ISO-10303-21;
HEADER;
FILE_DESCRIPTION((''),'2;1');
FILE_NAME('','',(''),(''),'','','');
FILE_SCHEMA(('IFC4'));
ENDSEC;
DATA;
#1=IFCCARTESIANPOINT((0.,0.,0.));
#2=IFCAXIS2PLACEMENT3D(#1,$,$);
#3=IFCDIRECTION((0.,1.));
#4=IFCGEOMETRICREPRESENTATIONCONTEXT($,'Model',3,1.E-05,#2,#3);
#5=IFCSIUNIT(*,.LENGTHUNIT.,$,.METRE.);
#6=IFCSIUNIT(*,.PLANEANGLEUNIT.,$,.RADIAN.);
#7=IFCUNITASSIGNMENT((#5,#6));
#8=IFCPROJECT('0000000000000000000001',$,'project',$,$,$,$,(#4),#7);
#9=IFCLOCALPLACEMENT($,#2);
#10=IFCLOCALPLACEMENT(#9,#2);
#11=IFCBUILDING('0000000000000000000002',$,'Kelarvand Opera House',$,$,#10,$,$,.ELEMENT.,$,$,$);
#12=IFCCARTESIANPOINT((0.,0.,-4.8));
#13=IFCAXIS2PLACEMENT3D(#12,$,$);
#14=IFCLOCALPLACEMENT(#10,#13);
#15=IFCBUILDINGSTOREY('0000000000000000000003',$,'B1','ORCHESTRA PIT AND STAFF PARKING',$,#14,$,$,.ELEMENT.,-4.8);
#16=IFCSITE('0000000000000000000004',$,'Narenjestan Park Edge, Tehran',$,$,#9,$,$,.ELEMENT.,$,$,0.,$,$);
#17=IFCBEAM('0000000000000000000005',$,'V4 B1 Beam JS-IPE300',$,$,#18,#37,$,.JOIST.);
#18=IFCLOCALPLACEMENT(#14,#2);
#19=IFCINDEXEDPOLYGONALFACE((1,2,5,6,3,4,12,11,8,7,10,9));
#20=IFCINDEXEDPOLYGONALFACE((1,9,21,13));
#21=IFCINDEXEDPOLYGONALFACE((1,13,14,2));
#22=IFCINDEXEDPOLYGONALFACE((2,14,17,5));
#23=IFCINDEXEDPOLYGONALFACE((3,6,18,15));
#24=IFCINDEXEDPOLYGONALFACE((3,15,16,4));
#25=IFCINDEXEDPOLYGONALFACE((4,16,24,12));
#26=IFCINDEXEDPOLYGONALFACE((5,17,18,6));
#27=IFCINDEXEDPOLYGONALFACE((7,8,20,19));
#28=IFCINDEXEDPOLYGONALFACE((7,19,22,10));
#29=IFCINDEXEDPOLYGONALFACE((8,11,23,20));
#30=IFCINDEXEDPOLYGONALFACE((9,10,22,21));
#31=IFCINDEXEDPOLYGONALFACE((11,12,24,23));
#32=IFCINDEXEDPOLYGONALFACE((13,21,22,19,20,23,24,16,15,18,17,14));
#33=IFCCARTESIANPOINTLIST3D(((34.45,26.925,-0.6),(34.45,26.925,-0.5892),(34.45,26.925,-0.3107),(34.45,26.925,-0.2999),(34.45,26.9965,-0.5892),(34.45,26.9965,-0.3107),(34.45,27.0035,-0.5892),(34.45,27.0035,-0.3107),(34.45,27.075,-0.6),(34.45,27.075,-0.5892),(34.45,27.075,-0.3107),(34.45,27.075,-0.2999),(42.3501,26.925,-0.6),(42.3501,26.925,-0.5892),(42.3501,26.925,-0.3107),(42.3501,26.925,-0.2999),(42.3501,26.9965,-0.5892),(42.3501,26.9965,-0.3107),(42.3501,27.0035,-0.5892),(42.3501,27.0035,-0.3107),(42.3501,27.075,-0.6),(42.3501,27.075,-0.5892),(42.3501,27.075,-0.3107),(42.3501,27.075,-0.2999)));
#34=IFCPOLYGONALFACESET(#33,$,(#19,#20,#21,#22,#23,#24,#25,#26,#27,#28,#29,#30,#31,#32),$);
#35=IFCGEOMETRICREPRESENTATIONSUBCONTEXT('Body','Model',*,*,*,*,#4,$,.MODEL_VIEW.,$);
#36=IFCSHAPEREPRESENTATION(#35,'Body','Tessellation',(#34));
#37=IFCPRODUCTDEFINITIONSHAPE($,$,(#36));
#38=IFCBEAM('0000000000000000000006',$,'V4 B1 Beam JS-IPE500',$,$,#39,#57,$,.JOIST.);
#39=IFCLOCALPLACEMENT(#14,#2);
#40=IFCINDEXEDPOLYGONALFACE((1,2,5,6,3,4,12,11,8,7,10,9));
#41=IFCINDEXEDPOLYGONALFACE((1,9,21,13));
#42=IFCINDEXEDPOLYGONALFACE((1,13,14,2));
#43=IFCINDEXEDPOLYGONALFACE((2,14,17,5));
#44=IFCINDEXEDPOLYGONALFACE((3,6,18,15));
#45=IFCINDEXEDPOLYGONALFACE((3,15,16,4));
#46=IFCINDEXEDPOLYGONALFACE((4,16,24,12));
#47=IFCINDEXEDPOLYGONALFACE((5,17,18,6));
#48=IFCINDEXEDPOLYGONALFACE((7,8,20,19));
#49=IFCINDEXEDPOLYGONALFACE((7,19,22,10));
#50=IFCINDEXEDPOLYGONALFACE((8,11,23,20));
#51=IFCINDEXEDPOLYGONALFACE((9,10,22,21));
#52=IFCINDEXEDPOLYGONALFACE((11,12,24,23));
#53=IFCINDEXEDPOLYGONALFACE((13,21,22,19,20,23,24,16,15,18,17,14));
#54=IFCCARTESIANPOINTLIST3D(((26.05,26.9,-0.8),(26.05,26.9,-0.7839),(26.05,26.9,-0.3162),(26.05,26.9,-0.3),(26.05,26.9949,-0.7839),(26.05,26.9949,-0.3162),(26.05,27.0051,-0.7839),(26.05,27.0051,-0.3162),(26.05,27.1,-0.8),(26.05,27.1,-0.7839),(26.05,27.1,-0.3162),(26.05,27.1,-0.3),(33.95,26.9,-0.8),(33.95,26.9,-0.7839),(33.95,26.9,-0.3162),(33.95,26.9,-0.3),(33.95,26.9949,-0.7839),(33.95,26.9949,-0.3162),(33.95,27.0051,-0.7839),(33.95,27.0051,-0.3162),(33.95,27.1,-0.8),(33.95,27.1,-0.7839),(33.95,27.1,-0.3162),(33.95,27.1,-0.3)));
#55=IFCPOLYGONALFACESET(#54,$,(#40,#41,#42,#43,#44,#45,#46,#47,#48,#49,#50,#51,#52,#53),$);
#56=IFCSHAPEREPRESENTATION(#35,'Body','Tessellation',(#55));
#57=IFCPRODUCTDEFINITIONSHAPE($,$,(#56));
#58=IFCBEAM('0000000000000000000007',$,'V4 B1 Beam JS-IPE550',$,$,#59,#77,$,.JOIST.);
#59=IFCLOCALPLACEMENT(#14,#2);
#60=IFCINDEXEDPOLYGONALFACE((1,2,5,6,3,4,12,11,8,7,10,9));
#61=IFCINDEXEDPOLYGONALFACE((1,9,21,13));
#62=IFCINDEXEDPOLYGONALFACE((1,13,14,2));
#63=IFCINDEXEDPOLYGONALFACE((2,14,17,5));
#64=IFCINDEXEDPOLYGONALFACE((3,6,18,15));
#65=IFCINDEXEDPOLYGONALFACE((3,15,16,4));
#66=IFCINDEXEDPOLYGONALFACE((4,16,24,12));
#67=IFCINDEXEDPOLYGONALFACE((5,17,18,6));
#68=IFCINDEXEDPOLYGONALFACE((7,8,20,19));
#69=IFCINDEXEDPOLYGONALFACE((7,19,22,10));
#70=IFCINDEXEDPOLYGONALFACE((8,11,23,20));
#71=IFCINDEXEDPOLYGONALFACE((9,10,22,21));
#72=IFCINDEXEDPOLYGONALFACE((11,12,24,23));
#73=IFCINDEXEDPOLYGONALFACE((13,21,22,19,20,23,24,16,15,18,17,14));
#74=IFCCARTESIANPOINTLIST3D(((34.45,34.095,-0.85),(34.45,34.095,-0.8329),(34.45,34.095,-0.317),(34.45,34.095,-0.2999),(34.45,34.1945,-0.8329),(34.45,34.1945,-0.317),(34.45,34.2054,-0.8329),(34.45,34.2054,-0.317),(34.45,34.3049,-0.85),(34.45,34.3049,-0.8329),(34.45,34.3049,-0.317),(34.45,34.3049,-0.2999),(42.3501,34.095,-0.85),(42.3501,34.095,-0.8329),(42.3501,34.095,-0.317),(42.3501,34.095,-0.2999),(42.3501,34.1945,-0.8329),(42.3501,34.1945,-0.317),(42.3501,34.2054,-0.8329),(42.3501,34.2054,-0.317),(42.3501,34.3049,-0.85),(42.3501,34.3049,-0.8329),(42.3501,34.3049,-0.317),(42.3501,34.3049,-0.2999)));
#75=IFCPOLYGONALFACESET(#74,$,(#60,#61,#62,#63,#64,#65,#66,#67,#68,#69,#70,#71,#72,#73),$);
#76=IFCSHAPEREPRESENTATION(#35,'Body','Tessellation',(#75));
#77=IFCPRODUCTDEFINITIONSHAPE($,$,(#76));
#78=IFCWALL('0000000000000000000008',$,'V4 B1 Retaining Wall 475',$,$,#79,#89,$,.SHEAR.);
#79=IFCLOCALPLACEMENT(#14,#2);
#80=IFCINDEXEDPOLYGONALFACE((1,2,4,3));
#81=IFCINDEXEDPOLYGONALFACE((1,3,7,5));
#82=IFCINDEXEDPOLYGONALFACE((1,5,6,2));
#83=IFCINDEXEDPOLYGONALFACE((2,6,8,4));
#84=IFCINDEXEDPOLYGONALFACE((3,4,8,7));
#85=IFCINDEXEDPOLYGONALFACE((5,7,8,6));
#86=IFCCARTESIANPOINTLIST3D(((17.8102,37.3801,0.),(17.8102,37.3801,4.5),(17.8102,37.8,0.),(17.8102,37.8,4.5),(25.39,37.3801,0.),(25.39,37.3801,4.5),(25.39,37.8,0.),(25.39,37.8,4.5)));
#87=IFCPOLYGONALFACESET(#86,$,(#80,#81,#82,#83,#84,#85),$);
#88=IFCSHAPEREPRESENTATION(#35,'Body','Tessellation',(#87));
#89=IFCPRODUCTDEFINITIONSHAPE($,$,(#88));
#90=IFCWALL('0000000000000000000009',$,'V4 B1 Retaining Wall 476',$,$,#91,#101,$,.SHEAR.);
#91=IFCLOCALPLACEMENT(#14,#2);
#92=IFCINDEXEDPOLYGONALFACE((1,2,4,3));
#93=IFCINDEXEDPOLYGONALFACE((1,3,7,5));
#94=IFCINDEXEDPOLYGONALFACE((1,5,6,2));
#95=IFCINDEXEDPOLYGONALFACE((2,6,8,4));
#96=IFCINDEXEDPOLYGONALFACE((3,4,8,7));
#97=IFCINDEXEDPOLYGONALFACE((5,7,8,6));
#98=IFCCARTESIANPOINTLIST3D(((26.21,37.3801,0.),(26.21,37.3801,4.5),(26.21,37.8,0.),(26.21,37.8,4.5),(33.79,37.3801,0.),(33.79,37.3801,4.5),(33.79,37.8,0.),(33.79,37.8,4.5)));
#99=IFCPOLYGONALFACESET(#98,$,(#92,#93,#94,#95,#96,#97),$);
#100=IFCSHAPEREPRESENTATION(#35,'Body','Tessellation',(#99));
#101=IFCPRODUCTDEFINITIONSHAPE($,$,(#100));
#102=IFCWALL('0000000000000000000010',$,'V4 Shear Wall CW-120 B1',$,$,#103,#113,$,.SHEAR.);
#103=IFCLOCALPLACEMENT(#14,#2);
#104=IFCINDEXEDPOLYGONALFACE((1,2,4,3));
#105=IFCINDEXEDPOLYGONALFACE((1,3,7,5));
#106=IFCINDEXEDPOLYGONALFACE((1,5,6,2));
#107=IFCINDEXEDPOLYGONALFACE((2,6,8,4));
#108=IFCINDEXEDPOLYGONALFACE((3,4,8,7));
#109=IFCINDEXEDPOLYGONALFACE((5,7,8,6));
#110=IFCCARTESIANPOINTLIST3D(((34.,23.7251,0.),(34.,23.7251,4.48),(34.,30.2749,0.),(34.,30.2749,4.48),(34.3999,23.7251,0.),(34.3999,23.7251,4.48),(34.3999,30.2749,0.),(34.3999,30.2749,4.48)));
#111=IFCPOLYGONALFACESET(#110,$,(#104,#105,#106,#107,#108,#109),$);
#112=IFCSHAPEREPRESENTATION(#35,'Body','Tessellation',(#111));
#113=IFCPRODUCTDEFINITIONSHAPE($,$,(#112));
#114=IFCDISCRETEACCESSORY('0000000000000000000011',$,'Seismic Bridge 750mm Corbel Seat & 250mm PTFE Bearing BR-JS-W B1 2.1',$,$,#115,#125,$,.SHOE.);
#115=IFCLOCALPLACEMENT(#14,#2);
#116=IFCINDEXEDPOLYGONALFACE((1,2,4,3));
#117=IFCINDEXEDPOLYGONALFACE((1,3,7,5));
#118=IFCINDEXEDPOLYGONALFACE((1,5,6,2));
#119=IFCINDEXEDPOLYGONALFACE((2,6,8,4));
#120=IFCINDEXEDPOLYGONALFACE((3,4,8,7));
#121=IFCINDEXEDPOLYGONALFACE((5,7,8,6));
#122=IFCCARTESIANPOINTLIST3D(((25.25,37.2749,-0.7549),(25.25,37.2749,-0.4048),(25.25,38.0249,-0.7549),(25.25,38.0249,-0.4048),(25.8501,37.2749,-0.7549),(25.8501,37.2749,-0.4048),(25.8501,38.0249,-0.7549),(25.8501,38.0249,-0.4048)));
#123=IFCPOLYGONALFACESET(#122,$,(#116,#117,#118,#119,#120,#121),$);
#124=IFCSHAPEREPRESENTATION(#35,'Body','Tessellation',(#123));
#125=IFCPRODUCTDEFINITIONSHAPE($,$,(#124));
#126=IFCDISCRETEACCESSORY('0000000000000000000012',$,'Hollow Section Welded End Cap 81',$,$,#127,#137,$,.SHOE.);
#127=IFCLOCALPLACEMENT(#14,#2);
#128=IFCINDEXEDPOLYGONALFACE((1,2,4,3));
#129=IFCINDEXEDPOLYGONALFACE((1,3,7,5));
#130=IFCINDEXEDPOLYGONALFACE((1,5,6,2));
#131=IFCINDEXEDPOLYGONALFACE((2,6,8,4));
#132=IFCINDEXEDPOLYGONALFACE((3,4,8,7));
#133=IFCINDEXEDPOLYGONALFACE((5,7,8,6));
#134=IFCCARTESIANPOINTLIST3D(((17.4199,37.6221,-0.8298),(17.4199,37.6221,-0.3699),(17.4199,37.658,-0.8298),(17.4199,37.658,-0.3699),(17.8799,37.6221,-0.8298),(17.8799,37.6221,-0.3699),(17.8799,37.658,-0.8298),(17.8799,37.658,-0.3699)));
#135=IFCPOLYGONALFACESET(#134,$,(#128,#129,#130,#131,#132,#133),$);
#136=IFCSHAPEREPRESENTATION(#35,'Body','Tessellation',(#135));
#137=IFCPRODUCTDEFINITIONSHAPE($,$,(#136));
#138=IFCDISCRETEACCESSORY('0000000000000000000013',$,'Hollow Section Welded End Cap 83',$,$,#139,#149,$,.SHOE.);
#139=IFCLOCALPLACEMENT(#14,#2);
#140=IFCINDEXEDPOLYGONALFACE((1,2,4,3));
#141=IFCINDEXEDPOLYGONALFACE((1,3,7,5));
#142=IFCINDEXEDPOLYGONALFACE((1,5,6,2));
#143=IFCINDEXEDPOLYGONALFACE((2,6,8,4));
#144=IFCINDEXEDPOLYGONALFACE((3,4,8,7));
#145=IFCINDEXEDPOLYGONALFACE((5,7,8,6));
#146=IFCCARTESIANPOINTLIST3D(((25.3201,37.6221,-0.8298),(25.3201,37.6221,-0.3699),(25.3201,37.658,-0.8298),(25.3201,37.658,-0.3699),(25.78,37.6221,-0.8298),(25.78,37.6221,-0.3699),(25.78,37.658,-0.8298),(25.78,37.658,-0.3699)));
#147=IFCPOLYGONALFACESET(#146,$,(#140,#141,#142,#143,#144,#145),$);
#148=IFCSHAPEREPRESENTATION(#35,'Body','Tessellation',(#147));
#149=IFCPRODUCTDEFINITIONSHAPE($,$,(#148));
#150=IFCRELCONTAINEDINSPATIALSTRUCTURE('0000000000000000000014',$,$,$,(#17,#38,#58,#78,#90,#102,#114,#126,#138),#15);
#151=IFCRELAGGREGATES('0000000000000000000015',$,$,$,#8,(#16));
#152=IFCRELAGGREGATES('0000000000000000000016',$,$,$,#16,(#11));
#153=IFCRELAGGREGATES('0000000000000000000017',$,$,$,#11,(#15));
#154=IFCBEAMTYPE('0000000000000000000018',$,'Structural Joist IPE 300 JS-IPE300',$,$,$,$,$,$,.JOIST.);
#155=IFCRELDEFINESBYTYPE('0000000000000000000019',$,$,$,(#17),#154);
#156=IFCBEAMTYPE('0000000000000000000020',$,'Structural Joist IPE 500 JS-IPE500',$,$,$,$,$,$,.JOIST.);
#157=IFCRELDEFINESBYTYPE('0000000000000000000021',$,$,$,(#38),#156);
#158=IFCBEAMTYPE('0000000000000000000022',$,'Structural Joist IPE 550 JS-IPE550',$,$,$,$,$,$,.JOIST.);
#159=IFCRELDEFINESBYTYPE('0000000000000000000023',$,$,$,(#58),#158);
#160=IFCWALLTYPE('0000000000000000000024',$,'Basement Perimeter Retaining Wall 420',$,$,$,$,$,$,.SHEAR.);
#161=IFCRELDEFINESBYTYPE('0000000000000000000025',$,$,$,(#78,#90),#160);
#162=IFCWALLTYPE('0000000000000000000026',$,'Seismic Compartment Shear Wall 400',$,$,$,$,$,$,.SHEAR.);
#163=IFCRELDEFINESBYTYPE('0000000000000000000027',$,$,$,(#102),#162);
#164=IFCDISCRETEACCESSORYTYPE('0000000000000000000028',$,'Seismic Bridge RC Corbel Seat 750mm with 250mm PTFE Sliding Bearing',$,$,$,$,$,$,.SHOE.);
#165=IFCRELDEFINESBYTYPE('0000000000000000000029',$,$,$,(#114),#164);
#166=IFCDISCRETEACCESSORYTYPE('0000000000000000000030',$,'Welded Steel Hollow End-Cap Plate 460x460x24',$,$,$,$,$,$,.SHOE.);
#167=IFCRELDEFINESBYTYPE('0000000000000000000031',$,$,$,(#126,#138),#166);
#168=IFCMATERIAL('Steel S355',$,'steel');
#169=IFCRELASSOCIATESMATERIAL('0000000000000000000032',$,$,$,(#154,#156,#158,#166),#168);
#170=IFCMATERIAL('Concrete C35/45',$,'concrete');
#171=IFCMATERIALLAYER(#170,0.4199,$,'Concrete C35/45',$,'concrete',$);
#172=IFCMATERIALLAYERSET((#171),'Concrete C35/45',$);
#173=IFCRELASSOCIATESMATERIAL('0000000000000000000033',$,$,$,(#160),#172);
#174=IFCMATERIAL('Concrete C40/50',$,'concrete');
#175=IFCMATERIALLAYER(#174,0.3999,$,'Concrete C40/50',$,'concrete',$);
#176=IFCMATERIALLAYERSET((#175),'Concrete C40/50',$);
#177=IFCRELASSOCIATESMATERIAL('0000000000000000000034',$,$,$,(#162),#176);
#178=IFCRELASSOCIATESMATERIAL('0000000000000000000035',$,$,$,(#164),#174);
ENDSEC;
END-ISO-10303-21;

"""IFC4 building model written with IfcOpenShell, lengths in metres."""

from ifc_helpers import new_model, si_unit, direction, frame, frame_2d, origin, origin_2d, place, context, subcontext, project, spatial, rectangle, i_section, extrude, material, layer, layer_set, material_profile, profile_set, type_object, element, save


model = new_model("IFC4")

# Units and contexts
model_context = context("Model", 3, precision=1e-05, world=origin(), true_north=direction((0.0, 1.0)))
body_context = subcontext(model_context, "Body", "Model", "MODEL_VIEW")
ifc_project = project(units=[si_unit("LENGTHUNIT", "METRE"), si_unit("PLANEANGLEUNIT", "RADIAN")], contexts=[model_context])

# Site, building, storey
site_placement = place(None, origin())
site = spatial("IfcSite", under=ifc_project, at=site_placement, Name="Narenjestan Park Edge, Tehran", CompositionType="ELEMENT", RefElevation=0.0)
building_placement = place(site_placement, origin())
building = spatial("IfcBuilding", under=site, at=building_placement, Name="Kelarvand Opera House", CompositionType="ELEMENT")
storey_placement = place(building_placement, frame((0.0, 0.0, -4.8)))
storey = spatial("IfcBuildingStorey", under=building, at=storey_placement, Name="B1", Description="ORCHESTRA PIT AND STAFF PARKING", CompositionType="ELEMENT", Elevation=-4.8)

# Shared definitions
ifc_material_1 = material(Name="Concrete C40/50", Category="concrete")

# Beams
ifc_material_2 = material(Name="Steel S355", Category="steel")
ifc_material_profile_1 = material_profile(ifc_material_2, i_section(OverallWidth=0.1499, OverallDepth=0.3, WebThickness=0.0071, FlangeThickness=0.0107, at=origin_2d()), Name="IPE 300", Category="steel")
ifc_profile_set_1 = profile_set([ifc_material_profile_1], Name="Steel S355")
beam_type_1 = type_object("IfcBeamType", Name="Structural Joist IPE 300 JS-IPE300", PredefinedType="JOIST", material=ifc_profile_set_1)
beam_1_placement = place(storey_placement, frame((34.45, 27.0, -0.45), z_axis=(1.0, 0.0, 0.0), x_axis=(0.0, 1.0, 0.0)))
element("IfcBeam", 1, at=beam_1_placement, inside=storey, type_object=beam_type_1, Name="V4 B1 Beam JS-IPE300", PredefinedType="JOIST", context=body_context, shape_type="SweptSolid", body=[
    extrude(i_section(OverallWidth=0.1499, OverallDepth=0.3, WebThickness=0.0071, FlangeThickness=0.0107, at=origin_2d()), origin(), (0.0, 0.0, 1.0), 7.9001),
])
ifc_material_profile_2 = material_profile(ifc_material_2, i_section(OverallWidth=0.2, OverallDepth=0.5, WebThickness=0.0103, FlangeThickness=0.0161, at=origin_2d()), Name="IPE 500", Category="steel")
ifc_profile_set_2 = profile_set([ifc_material_profile_2], Name="Steel S355")
beam_type_2 = type_object("IfcBeamType", Name="Structural Joist IPE 500 JS-IPE500", PredefinedType="JOIST", material=ifc_profile_set_2)
beam_2_placement = place(storey_placement, frame((26.05, 27.0, -0.55), z_axis=(1.0, 0.0, 0.0), x_axis=(0.0, 1.0, 0.0)))
element("IfcBeam", 2, at=beam_2_placement, inside=storey, type_object=beam_type_2, Name="V4 B1 Beam JS-IPE500", PredefinedType="JOIST", context=body_context, shape_type="SweptSolid", body=[
    extrude(i_section(OverallWidth=0.2, OverallDepth=0.5, WebThickness=0.0103, FlangeThickness=0.0161, at=origin_2d()), origin(), (0.0, 0.0, 1.0), 7.8999),
])
ifc_material_profile_3 = material_profile(ifc_material_2, i_section(OverallWidth=0.21, OverallDepth=0.55, WebThickness=0.011, FlangeThickness=0.0171, at=origin_2d()), Name="IPE 550", Category="steel")
ifc_profile_set_3 = profile_set([ifc_material_profile_3], Name="Steel S355")
beam_type_3 = type_object("IfcBeamType", Name="Structural Joist IPE 550 JS-IPE550", PredefinedType="JOIST", material=ifc_profile_set_3)
beam_3_placement = place(storey_placement, frame((34.45, 34.2, -0.575), z_axis=(1.0, 0.0, 0.0), x_axis=(0.0, 1.0, 0.0)))
element("IfcBeam", 3, at=beam_3_placement, inside=storey, type_object=beam_type_3, Name="V4 B1 Beam JS-IPE550", PredefinedType="JOIST", context=body_context, shape_type="SweptSolid", body=[
    extrude(i_section(OverallWidth=0.21, OverallDepth=0.55, WebThickness=0.011, FlangeThickness=0.0171, at=origin_2d()), origin(), (0.0, 0.0, 1.0), 7.9001),
])

# Walls
ifc_material_3 = material(Name="Concrete C35/45", Category="concrete")
ifc_layer_1 = layer(ifc_material_3, 0.4199, Name="Concrete C35/45", Category="concrete")
ifc_layer_set_1 = layer_set([ifc_layer_1], Name="Concrete C35/45")
wall_type_1 = type_object("IfcWallType", Name="Basement Perimeter Retaining Wall 420", PredefinedType="SHEAR", material=ifc_layer_set_1)
wall_1_placement = place(storey_placement, frame((17.8101, 37.5901, 0.0), z_axis=(0.0, 0.0, 1.0), x_axis=(1.0, 0.0, 0.0)))
element("IfcWall", 4, at=wall_1_placement, inside=storey, type_object=wall_type_1, Name="V4 B1 Retaining Wall 475", PredefinedType="SHEAR", context=body_context, shape_type="SweptSolid", body=[
    extrude(rectangle(XDim=7.5798, YDim=0.4199, at=frame_2d((3.79, 0.0))), origin(), (0.0, 0.0, 1.0), 4.5),
])
wall_2_placement = place(storey_placement, frame((26.21, 37.5901, 0.0), z_axis=(0.0, 0.0, 1.0), x_axis=(1.0, 0.0, 0.0)))
element("IfcWall", 5, at=wall_2_placement, inside=storey, type_object=wall_type_1, Name="V4 B1 Retaining Wall 476", PredefinedType="SHEAR", context=body_context, shape_type="SweptSolid", body=[
    extrude(rectangle(XDim=7.5801, YDim=0.4199, at=frame_2d((3.79, 0.0))), origin(), (0.0, 0.0, 1.0), 4.5),
])
ifc_layer_2 = layer(ifc_material_1, 0.3999, Name="Concrete C40/50", Category="concrete")
ifc_layer_set_2 = layer_set([ifc_layer_2], Name="Concrete C40/50")
wall_type_2 = type_object("IfcWallType", Name="Seismic Compartment Shear Wall 400", PredefinedType="SHEAR", material=ifc_layer_set_2)
wall_3_placement = place(storey_placement, frame((34.2, 23.7251, 0.0), z_axis=(0.0, 0.0, 1.0), x_axis=(0.0, 1.0, 0.0)))
element("IfcWall", 6, at=wall_3_placement, inside=storey, type_object=wall_type_2, Name="V4 Shear Wall CW-120 B1", PredefinedType="SHEAR", context=body_context, shape_type="SweptSolid", body=[
    extrude(rectangle(XDim=6.5498, YDim=0.3999, at=frame_2d((3.2749, 0.0))), origin(), (0.0, 0.0, 1.0), 4.48),
])

# Discrete accessories
discrete_accessory_type_1 = type_object("IfcDiscreteAccessoryType", Name="Seismic Bridge RC Corbel Seat 750mm with 250mm PTFE Sliding Bearing", PredefinedType="SHOE", material=ifc_material_1)
discrete_accessory_placement = place(storey_placement, frame((25.55, 37.6499, -0.7549), z_axis=(0.0, 0.0, 1.0), x_axis=(0.0, 1.0, 0.0)))
element("IfcDiscreteAccessory", 7, at=discrete_accessory_placement, inside=storey, type_object=discrete_accessory_type_1, Name="Seismic Bridge 750mm Corbel Seat & 250mm PTFE Bearing BR-JS-W B1 2.1", PredefinedType="SHOE", context=body_context, shape_type="SweptSolid", body=[
    extrude(rectangle(XDim=0.75, YDim=0.6001, at=origin_2d()), origin(), (0.0, 0.0, 1.0), 0.3501),
])
ifc_material_profile_4 = material_profile(ifc_material_2, rectangle(XDim=0.46, YDim=0.46, at=origin_2d()), Name="Welded Steel Hollow End-Cap Plate 460x460x24", Category="steel")
ifc_profile_set_4 = profile_set([ifc_material_profile_4], Name="Steel S355")
discrete_accessory_type_2 = type_object("IfcDiscreteAccessoryType", Name="Welded Steel Hollow End-Cap Plate 460x460x24", PredefinedType="SHOE", material=ifc_profile_set_4)
for number, where, z_axis, x_axis, name in (
    (8, (17.6499, 37.658, -0.5999), (0.0, -1.0, 0.0), (1.0, 0.0, 0.0), "Hollow Section Welded End Cap 81"),
    (9, (25.55, 37.658, -0.5999), (0.0, -1.0, 0.0), (1.0, 0.0, 0.0), "Hollow Section Welded End Cap 83"),
):
    element("IfcDiscreteAccessory", number, at=place(storey_placement, frame(where, z_axis=z_axis, x_axis=x_axis)), inside=storey, type_object=discrete_accessory_type_2, Name=name, PredefinedType="SHOE", context=body_context, shape_type="SweptSolid", body=[
        extrude(rectangle(XDim=0.46, YDim=0.46, at=origin_2d()), origin(), (0.0, 0.0, 1.0), 0.0359),
    ])

save(model, "model.ifc")
